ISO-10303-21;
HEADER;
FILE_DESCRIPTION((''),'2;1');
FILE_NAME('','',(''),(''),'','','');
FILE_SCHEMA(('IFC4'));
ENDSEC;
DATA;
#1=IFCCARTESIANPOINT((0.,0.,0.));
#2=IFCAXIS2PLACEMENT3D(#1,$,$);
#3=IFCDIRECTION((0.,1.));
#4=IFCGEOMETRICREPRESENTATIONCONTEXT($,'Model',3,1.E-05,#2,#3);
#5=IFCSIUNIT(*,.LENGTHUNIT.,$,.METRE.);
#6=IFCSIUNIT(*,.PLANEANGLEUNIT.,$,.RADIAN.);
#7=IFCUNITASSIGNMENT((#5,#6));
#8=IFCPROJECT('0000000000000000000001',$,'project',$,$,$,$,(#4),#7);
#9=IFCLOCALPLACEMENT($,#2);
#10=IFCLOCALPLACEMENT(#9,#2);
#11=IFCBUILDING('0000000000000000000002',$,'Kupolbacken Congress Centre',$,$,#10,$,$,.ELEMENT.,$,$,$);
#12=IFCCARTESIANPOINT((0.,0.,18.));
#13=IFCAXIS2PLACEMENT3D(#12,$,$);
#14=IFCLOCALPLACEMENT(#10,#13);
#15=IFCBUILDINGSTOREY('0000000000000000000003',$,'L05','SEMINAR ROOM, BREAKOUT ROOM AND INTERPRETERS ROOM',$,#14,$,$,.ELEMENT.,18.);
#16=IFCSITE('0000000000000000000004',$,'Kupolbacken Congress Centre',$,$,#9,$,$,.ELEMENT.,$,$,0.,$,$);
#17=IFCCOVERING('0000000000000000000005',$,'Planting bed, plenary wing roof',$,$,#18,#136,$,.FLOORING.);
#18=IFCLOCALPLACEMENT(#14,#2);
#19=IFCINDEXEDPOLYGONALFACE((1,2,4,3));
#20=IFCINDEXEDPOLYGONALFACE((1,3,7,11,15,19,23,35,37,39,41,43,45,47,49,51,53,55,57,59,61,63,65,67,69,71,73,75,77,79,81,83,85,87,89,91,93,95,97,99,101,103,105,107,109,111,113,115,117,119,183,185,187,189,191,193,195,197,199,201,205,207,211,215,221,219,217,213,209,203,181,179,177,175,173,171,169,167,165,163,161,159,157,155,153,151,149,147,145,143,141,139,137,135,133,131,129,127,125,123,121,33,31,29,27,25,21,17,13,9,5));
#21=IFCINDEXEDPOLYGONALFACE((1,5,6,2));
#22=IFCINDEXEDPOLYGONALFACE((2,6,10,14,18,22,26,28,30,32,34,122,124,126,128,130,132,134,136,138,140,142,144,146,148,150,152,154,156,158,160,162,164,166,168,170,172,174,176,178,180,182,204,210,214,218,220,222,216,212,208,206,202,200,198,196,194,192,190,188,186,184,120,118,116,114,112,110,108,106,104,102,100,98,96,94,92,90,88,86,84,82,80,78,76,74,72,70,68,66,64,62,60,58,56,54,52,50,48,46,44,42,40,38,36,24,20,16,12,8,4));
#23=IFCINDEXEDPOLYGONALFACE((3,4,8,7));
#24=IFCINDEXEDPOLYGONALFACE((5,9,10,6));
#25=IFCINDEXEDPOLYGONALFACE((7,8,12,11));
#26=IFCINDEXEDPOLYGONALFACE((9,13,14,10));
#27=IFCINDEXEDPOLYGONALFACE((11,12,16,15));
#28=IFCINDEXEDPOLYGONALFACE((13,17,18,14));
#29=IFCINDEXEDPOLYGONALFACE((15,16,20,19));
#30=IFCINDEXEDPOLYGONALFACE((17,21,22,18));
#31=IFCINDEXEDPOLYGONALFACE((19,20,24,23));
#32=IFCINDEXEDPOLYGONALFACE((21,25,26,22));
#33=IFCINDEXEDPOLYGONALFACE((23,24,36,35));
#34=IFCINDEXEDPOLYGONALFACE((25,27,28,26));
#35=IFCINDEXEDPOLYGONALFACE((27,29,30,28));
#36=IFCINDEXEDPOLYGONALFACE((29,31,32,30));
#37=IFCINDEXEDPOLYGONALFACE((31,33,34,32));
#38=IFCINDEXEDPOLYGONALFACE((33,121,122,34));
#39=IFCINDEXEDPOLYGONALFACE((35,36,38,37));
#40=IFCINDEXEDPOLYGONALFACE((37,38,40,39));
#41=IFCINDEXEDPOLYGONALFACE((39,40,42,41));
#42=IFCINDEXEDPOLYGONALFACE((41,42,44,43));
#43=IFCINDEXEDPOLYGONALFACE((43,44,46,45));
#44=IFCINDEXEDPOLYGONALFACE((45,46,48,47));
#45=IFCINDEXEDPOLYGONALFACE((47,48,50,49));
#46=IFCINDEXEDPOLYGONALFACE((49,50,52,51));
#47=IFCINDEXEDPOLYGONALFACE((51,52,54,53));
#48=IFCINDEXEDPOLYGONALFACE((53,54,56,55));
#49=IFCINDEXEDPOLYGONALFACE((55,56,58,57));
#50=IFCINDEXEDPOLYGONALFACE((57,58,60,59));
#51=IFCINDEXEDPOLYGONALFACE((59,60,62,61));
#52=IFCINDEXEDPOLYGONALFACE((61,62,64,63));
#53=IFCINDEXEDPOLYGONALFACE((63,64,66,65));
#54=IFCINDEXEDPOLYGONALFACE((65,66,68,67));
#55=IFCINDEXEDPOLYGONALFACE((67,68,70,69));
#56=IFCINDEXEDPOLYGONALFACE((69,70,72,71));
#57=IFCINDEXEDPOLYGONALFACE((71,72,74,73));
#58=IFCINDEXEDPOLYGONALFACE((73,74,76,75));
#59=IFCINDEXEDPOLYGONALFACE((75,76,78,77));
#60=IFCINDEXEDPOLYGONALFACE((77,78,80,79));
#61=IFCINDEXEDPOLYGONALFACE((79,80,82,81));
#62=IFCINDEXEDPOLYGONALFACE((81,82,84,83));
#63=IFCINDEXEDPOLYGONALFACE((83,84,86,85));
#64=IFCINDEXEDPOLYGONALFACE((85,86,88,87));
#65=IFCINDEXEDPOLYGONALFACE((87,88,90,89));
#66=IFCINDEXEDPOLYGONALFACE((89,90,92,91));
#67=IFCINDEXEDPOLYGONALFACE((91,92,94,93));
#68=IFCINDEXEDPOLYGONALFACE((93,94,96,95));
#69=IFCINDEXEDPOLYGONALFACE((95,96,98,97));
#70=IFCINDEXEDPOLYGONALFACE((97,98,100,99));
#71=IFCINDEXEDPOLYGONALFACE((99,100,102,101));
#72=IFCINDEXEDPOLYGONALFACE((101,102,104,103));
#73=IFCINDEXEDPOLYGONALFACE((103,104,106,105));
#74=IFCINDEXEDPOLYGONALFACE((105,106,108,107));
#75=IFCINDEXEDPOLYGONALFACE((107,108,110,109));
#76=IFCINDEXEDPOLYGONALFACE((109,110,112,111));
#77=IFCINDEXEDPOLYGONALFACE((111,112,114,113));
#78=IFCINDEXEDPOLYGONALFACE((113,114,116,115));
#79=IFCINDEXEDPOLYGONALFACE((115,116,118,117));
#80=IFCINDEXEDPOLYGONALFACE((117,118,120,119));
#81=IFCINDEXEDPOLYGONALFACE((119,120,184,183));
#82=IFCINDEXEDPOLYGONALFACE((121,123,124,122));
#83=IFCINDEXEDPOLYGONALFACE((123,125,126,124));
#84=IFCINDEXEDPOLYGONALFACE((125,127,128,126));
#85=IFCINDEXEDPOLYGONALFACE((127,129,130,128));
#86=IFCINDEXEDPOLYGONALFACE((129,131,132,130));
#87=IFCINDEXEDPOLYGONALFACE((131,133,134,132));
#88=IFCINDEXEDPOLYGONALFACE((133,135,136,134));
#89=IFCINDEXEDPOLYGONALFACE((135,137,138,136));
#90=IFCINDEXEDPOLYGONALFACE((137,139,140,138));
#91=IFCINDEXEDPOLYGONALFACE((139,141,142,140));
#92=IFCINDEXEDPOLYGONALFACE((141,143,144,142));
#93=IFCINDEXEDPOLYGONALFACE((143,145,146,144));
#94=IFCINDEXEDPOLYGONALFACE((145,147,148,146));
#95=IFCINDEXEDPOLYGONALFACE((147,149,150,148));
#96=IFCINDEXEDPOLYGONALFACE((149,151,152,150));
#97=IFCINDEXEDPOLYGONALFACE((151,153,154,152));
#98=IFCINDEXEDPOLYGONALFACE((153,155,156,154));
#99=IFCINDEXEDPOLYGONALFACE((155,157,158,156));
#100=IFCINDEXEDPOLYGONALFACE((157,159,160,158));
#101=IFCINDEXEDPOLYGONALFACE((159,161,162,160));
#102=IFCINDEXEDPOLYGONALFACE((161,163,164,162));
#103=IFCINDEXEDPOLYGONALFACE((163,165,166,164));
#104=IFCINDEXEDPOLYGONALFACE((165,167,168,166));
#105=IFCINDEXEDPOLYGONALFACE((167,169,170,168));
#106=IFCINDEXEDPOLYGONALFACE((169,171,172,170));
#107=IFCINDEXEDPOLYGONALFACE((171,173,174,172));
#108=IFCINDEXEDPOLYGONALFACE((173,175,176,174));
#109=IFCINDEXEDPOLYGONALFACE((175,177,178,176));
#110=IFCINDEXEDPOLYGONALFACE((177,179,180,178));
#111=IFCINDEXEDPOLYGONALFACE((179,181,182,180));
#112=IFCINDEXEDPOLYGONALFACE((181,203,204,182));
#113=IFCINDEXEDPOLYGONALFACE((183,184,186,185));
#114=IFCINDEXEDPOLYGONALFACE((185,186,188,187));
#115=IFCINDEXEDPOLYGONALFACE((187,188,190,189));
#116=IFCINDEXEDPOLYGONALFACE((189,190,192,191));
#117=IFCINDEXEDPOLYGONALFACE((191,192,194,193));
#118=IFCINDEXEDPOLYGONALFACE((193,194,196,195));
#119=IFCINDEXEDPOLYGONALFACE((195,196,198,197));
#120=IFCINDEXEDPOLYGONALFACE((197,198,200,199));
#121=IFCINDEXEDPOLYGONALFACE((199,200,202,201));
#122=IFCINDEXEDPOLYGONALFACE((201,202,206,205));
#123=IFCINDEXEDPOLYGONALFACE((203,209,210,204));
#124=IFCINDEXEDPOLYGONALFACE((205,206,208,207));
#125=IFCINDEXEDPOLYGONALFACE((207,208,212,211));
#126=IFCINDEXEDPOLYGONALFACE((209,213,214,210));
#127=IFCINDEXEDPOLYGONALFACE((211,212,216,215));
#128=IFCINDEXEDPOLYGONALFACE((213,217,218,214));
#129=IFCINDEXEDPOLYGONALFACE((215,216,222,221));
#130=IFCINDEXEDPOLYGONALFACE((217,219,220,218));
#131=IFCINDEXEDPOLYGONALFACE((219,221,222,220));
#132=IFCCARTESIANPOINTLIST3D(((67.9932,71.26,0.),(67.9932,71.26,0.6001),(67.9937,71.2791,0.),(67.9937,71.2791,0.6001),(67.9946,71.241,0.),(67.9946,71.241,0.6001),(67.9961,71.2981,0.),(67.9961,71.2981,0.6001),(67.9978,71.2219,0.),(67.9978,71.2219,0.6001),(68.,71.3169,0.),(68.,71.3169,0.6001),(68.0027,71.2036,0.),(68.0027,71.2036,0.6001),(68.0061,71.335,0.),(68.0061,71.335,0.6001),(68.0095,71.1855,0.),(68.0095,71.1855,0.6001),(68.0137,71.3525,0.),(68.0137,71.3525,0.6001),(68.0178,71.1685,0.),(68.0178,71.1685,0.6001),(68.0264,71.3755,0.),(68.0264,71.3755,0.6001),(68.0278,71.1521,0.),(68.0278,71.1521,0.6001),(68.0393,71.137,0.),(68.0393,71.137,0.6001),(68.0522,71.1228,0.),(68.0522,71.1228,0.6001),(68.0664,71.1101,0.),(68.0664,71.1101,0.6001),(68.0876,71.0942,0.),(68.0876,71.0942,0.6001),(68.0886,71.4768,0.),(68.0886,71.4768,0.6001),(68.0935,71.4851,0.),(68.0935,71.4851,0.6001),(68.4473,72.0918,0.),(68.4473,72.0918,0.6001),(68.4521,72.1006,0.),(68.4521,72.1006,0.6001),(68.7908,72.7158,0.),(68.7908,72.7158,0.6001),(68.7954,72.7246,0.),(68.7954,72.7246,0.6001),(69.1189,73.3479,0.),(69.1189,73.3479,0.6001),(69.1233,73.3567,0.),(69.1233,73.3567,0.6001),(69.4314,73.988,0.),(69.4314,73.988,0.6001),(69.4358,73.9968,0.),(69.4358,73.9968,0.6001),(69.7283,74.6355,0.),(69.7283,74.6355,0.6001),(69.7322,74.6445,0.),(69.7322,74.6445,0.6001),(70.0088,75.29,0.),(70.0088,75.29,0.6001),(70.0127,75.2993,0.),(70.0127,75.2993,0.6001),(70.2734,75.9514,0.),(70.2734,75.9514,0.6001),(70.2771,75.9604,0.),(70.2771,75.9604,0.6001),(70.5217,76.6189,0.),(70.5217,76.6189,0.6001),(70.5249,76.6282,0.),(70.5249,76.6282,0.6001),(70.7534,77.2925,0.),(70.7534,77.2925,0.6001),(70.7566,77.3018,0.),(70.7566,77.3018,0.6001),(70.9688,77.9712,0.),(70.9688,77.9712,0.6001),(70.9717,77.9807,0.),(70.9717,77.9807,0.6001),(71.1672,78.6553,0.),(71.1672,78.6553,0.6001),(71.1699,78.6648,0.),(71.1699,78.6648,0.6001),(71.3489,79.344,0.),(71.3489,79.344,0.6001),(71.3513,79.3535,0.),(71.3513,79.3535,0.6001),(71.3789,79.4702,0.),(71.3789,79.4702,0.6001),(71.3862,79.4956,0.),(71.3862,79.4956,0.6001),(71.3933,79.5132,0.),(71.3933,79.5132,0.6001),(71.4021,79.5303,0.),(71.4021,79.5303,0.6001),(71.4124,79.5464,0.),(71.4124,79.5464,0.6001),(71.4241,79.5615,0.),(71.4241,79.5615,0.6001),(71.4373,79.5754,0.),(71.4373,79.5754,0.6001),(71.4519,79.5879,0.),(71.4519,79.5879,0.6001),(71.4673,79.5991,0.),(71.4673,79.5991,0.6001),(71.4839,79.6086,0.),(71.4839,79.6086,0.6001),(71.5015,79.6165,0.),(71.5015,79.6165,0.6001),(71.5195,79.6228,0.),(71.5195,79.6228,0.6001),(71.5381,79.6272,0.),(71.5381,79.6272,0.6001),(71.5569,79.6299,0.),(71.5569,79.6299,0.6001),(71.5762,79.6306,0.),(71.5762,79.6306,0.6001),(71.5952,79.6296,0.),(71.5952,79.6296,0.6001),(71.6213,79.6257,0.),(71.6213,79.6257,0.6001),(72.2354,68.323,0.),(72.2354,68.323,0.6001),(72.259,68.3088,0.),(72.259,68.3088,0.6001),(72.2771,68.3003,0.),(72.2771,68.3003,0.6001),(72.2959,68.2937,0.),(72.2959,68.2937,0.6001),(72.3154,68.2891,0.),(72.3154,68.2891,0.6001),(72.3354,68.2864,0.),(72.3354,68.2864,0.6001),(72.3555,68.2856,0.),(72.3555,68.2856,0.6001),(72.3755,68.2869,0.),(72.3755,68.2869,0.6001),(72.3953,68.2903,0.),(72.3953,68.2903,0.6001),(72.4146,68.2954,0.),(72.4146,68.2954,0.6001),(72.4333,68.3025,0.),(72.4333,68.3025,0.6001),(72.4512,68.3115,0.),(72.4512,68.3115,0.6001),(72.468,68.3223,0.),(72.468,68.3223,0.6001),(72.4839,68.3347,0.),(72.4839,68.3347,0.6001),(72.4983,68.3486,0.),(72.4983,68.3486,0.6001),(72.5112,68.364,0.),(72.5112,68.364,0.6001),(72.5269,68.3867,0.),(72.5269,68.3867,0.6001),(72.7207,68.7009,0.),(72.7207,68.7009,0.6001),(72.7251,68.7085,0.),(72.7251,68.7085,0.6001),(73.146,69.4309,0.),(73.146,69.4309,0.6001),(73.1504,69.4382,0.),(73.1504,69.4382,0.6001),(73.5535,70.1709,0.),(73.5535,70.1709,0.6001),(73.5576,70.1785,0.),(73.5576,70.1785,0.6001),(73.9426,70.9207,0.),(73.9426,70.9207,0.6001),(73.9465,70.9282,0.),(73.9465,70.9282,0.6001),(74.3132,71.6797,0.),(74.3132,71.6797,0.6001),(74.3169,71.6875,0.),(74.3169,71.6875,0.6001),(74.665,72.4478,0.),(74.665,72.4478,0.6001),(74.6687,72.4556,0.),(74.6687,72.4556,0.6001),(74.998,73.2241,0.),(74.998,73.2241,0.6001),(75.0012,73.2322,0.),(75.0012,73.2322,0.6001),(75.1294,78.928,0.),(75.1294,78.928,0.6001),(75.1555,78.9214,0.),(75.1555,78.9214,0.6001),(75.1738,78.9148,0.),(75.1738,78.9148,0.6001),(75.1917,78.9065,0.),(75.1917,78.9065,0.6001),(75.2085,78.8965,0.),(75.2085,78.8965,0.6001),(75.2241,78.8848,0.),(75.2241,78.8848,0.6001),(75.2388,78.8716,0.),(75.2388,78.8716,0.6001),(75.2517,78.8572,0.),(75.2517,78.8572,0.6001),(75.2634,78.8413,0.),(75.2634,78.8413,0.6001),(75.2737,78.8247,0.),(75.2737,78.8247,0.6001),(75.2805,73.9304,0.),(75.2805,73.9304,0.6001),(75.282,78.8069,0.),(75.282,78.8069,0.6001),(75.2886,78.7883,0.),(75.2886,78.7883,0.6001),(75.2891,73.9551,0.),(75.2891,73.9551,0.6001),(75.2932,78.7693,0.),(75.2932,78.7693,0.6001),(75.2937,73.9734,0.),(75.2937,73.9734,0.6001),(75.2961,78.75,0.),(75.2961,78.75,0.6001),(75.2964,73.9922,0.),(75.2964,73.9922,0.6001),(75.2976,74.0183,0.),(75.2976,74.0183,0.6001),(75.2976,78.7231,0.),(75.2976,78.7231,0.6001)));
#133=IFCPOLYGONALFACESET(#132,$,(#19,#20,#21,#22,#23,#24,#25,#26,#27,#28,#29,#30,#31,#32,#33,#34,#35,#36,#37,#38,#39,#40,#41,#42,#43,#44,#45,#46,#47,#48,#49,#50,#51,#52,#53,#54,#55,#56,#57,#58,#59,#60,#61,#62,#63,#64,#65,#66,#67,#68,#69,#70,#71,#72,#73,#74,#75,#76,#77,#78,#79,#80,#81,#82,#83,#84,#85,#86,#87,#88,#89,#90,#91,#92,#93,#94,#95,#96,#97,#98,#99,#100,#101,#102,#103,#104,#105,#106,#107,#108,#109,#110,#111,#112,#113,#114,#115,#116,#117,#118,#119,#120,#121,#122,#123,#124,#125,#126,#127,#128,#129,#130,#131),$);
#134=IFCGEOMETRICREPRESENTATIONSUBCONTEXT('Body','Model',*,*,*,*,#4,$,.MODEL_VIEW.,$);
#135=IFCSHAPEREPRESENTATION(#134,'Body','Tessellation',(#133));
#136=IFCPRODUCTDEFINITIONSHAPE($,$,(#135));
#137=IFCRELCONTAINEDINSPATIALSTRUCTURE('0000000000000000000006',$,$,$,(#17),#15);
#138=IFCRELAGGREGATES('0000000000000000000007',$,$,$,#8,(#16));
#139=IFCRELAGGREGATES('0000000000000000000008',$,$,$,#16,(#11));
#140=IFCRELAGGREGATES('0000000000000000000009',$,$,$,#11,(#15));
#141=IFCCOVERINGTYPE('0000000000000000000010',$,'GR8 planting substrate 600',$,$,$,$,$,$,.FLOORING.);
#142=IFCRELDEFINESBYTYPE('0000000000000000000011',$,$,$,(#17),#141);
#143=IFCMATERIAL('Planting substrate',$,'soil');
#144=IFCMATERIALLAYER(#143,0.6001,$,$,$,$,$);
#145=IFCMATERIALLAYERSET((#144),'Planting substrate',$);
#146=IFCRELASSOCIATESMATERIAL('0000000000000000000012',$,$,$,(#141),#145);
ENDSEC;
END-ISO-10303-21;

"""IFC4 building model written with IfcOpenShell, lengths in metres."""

from ifc_helpers import new_model, si_unit, direction, frame, origin, place, context, subcontext, project, spatial, polyline, outline, extrude, material, layer, layer_set, type_object, element, save


model = new_model("IFC4")

# Units and contexts
model_context = context("Model", 3, precision=1e-05, world=origin(), true_north=direction((0.0, 1.0)))
body_context = subcontext(model_context, "Body", "Model", "MODEL_VIEW")
ifc_project = project(units=[si_unit("LENGTHUNIT", "METRE"), si_unit("PLANEANGLEUNIT", "RADIAN")], contexts=[model_context])

# Site, building, storey
site_placement = place(None, origin())
site = spatial("IfcSite", under=ifc_project, at=site_placement, Name="Kupolbacken Congress Centre", CompositionType="ELEMENT", RefElevation=0.0)
building_placement = place(site_placement, origin())
building = spatial("IfcBuilding", under=site, at=building_placement, Name="Kupolbacken Congress Centre", CompositionType="ELEMENT")
storey_placement = place(building_placement, frame((0.0, 0.0, 18.0)))
storey = spatial("IfcBuildingStorey", under=building, at=storey_placement, Name="L05", Description="SEMINAR ROOM, BREAKOUT ROOM AND INTERPRETERS ROOM", CompositionType="ELEMENT", Elevation=18.0)

# Covering
ifc_material_1 = material(Name="Planting substrate", Category="soil")
ifc_layer_1 = layer(ifc_material_1, 0.6001)
ifc_layer_set_1 = layer_set([ifc_layer_1], Name="Planting substrate")
covering_type_1 = type_object("IfcCoveringType", Name="GR8 planting substrate 600", PredefinedType="FLOORING", material=ifc_layer_set_1)
covering_1_placement = place(storey_placement, origin())
element("IfcCovering", 1, at=covering_1_placement, inside=storey, type_object=covering_type_1, Name="Planting bed, plenary wing roof", PredefinedType="FLOORING", context=body_context, shape_type="SweptSolid", body=[
    extrude(outline(polyline([(72.5269, 68.3867), (72.5112, 68.364), (72.4983, 68.3486), (72.4839, 68.3347), (72.468, 68.3223), (72.4512, 68.3115), (72.4333, 68.3025), (72.4146, 68.2954), (72.3953, 68.2903), (72.3755, 68.2869), (72.3555, 68.2856), (72.3354, 68.2864), (72.3154, 68.2891), (72.2959, 68.2937), (72.2771, 68.3003), (72.259, 68.3088), (72.2354, 68.323), (68.0876, 71.0942), (68.0664, 71.1101), (68.0522, 71.1228), (68.0393, 71.137), (68.0278, 71.1521), (68.0178, 71.1685), (68.0095, 71.1855), (68.0027, 71.2036), (67.9978, 71.2219), (67.9946, 71.241), (67.9932, 71.26), (67.9937, 71.2791), (67.9961, 71.2981), (68.0, 71.3169), (68.0061, 71.335), (68.0137, 71.3525), (68.0264, 71.3755), (68.0886, 71.4768), (68.0935, 71.4851), (68.4473, 72.0918), (68.4521, 72.1006), (68.7908, 72.7158), (68.7954, 72.7246), (69.1189, 73.3479), (69.1233, 73.3567), (69.4314, 73.988), (69.4358, 73.9968), (69.7283, 74.6355), (69.7322, 74.6445), (70.0088, 75.29), (70.0127, 75.2993), (70.2734, 75.9514), (70.2771, 75.9604), (70.5217, 76.6189), (70.5249, 76.6282), (70.7534, 77.2925), (70.7566, 77.3018), (70.9688, 77.9712), (70.9717, 77.9807), (71.1672, 78.6553), (71.1699, 78.6648), (71.3489, 79.344), (71.3513, 79.3535), (71.3789, 79.4702), (71.3862, 79.4956), (71.3933, 79.5132), (71.4021, 79.5303), (71.4124, 79.5464), (71.4241, 79.5615), (71.4373, 79.5754), (71.4519, 79.5879), (71.4673, 79.5991), (71.4839, 79.6086), (71.5015, 79.6165), (71.5195, 79.6228), (71.5381, 79.6272), (71.5569, 79.6299), (71.5762, 79.6306), (71.5952, 79.6296), (71.6213, 79.6257), (75.1294, 78.928), (75.1555, 78.9214), (75.1738, 78.9148), (75.1917, 78.9065), (75.2085, 78.8965), (75.2241, 78.8848), (75.2388, 78.8716), (75.2517, 78.8572), (75.2634, 78.8413), (75.2737, 78.8247), (75.282, 78.8069), (75.2886, 78.7883), (75.2932, 78.7693), (75.2961, 78.75), (75.2976, 78.7231), (75.2976, 74.0183), (75.2964, 73.9922), (75.2937, 73.9734), (75.2891, 73.9551), (75.2805, 73.9304), (75.0012, 73.2322), (74.998, 73.2241), (74.6687, 72.4556), (74.665, 72.4478), (74.3169, 71.6875), (74.3132, 71.6797), (73.9465, 70.9282), (73.9426, 70.9207), (73.5576, 70.1785), (73.5535, 70.1709), (73.1504, 69.4382), (73.146, 69.4309), (72.7251, 68.7085), (72.7207, 68.7009), (72.5269, 68.3867)])), origin(), (0.0, 0.0, 1.0), 0.6001),
])

save(model, "model.ifc")
